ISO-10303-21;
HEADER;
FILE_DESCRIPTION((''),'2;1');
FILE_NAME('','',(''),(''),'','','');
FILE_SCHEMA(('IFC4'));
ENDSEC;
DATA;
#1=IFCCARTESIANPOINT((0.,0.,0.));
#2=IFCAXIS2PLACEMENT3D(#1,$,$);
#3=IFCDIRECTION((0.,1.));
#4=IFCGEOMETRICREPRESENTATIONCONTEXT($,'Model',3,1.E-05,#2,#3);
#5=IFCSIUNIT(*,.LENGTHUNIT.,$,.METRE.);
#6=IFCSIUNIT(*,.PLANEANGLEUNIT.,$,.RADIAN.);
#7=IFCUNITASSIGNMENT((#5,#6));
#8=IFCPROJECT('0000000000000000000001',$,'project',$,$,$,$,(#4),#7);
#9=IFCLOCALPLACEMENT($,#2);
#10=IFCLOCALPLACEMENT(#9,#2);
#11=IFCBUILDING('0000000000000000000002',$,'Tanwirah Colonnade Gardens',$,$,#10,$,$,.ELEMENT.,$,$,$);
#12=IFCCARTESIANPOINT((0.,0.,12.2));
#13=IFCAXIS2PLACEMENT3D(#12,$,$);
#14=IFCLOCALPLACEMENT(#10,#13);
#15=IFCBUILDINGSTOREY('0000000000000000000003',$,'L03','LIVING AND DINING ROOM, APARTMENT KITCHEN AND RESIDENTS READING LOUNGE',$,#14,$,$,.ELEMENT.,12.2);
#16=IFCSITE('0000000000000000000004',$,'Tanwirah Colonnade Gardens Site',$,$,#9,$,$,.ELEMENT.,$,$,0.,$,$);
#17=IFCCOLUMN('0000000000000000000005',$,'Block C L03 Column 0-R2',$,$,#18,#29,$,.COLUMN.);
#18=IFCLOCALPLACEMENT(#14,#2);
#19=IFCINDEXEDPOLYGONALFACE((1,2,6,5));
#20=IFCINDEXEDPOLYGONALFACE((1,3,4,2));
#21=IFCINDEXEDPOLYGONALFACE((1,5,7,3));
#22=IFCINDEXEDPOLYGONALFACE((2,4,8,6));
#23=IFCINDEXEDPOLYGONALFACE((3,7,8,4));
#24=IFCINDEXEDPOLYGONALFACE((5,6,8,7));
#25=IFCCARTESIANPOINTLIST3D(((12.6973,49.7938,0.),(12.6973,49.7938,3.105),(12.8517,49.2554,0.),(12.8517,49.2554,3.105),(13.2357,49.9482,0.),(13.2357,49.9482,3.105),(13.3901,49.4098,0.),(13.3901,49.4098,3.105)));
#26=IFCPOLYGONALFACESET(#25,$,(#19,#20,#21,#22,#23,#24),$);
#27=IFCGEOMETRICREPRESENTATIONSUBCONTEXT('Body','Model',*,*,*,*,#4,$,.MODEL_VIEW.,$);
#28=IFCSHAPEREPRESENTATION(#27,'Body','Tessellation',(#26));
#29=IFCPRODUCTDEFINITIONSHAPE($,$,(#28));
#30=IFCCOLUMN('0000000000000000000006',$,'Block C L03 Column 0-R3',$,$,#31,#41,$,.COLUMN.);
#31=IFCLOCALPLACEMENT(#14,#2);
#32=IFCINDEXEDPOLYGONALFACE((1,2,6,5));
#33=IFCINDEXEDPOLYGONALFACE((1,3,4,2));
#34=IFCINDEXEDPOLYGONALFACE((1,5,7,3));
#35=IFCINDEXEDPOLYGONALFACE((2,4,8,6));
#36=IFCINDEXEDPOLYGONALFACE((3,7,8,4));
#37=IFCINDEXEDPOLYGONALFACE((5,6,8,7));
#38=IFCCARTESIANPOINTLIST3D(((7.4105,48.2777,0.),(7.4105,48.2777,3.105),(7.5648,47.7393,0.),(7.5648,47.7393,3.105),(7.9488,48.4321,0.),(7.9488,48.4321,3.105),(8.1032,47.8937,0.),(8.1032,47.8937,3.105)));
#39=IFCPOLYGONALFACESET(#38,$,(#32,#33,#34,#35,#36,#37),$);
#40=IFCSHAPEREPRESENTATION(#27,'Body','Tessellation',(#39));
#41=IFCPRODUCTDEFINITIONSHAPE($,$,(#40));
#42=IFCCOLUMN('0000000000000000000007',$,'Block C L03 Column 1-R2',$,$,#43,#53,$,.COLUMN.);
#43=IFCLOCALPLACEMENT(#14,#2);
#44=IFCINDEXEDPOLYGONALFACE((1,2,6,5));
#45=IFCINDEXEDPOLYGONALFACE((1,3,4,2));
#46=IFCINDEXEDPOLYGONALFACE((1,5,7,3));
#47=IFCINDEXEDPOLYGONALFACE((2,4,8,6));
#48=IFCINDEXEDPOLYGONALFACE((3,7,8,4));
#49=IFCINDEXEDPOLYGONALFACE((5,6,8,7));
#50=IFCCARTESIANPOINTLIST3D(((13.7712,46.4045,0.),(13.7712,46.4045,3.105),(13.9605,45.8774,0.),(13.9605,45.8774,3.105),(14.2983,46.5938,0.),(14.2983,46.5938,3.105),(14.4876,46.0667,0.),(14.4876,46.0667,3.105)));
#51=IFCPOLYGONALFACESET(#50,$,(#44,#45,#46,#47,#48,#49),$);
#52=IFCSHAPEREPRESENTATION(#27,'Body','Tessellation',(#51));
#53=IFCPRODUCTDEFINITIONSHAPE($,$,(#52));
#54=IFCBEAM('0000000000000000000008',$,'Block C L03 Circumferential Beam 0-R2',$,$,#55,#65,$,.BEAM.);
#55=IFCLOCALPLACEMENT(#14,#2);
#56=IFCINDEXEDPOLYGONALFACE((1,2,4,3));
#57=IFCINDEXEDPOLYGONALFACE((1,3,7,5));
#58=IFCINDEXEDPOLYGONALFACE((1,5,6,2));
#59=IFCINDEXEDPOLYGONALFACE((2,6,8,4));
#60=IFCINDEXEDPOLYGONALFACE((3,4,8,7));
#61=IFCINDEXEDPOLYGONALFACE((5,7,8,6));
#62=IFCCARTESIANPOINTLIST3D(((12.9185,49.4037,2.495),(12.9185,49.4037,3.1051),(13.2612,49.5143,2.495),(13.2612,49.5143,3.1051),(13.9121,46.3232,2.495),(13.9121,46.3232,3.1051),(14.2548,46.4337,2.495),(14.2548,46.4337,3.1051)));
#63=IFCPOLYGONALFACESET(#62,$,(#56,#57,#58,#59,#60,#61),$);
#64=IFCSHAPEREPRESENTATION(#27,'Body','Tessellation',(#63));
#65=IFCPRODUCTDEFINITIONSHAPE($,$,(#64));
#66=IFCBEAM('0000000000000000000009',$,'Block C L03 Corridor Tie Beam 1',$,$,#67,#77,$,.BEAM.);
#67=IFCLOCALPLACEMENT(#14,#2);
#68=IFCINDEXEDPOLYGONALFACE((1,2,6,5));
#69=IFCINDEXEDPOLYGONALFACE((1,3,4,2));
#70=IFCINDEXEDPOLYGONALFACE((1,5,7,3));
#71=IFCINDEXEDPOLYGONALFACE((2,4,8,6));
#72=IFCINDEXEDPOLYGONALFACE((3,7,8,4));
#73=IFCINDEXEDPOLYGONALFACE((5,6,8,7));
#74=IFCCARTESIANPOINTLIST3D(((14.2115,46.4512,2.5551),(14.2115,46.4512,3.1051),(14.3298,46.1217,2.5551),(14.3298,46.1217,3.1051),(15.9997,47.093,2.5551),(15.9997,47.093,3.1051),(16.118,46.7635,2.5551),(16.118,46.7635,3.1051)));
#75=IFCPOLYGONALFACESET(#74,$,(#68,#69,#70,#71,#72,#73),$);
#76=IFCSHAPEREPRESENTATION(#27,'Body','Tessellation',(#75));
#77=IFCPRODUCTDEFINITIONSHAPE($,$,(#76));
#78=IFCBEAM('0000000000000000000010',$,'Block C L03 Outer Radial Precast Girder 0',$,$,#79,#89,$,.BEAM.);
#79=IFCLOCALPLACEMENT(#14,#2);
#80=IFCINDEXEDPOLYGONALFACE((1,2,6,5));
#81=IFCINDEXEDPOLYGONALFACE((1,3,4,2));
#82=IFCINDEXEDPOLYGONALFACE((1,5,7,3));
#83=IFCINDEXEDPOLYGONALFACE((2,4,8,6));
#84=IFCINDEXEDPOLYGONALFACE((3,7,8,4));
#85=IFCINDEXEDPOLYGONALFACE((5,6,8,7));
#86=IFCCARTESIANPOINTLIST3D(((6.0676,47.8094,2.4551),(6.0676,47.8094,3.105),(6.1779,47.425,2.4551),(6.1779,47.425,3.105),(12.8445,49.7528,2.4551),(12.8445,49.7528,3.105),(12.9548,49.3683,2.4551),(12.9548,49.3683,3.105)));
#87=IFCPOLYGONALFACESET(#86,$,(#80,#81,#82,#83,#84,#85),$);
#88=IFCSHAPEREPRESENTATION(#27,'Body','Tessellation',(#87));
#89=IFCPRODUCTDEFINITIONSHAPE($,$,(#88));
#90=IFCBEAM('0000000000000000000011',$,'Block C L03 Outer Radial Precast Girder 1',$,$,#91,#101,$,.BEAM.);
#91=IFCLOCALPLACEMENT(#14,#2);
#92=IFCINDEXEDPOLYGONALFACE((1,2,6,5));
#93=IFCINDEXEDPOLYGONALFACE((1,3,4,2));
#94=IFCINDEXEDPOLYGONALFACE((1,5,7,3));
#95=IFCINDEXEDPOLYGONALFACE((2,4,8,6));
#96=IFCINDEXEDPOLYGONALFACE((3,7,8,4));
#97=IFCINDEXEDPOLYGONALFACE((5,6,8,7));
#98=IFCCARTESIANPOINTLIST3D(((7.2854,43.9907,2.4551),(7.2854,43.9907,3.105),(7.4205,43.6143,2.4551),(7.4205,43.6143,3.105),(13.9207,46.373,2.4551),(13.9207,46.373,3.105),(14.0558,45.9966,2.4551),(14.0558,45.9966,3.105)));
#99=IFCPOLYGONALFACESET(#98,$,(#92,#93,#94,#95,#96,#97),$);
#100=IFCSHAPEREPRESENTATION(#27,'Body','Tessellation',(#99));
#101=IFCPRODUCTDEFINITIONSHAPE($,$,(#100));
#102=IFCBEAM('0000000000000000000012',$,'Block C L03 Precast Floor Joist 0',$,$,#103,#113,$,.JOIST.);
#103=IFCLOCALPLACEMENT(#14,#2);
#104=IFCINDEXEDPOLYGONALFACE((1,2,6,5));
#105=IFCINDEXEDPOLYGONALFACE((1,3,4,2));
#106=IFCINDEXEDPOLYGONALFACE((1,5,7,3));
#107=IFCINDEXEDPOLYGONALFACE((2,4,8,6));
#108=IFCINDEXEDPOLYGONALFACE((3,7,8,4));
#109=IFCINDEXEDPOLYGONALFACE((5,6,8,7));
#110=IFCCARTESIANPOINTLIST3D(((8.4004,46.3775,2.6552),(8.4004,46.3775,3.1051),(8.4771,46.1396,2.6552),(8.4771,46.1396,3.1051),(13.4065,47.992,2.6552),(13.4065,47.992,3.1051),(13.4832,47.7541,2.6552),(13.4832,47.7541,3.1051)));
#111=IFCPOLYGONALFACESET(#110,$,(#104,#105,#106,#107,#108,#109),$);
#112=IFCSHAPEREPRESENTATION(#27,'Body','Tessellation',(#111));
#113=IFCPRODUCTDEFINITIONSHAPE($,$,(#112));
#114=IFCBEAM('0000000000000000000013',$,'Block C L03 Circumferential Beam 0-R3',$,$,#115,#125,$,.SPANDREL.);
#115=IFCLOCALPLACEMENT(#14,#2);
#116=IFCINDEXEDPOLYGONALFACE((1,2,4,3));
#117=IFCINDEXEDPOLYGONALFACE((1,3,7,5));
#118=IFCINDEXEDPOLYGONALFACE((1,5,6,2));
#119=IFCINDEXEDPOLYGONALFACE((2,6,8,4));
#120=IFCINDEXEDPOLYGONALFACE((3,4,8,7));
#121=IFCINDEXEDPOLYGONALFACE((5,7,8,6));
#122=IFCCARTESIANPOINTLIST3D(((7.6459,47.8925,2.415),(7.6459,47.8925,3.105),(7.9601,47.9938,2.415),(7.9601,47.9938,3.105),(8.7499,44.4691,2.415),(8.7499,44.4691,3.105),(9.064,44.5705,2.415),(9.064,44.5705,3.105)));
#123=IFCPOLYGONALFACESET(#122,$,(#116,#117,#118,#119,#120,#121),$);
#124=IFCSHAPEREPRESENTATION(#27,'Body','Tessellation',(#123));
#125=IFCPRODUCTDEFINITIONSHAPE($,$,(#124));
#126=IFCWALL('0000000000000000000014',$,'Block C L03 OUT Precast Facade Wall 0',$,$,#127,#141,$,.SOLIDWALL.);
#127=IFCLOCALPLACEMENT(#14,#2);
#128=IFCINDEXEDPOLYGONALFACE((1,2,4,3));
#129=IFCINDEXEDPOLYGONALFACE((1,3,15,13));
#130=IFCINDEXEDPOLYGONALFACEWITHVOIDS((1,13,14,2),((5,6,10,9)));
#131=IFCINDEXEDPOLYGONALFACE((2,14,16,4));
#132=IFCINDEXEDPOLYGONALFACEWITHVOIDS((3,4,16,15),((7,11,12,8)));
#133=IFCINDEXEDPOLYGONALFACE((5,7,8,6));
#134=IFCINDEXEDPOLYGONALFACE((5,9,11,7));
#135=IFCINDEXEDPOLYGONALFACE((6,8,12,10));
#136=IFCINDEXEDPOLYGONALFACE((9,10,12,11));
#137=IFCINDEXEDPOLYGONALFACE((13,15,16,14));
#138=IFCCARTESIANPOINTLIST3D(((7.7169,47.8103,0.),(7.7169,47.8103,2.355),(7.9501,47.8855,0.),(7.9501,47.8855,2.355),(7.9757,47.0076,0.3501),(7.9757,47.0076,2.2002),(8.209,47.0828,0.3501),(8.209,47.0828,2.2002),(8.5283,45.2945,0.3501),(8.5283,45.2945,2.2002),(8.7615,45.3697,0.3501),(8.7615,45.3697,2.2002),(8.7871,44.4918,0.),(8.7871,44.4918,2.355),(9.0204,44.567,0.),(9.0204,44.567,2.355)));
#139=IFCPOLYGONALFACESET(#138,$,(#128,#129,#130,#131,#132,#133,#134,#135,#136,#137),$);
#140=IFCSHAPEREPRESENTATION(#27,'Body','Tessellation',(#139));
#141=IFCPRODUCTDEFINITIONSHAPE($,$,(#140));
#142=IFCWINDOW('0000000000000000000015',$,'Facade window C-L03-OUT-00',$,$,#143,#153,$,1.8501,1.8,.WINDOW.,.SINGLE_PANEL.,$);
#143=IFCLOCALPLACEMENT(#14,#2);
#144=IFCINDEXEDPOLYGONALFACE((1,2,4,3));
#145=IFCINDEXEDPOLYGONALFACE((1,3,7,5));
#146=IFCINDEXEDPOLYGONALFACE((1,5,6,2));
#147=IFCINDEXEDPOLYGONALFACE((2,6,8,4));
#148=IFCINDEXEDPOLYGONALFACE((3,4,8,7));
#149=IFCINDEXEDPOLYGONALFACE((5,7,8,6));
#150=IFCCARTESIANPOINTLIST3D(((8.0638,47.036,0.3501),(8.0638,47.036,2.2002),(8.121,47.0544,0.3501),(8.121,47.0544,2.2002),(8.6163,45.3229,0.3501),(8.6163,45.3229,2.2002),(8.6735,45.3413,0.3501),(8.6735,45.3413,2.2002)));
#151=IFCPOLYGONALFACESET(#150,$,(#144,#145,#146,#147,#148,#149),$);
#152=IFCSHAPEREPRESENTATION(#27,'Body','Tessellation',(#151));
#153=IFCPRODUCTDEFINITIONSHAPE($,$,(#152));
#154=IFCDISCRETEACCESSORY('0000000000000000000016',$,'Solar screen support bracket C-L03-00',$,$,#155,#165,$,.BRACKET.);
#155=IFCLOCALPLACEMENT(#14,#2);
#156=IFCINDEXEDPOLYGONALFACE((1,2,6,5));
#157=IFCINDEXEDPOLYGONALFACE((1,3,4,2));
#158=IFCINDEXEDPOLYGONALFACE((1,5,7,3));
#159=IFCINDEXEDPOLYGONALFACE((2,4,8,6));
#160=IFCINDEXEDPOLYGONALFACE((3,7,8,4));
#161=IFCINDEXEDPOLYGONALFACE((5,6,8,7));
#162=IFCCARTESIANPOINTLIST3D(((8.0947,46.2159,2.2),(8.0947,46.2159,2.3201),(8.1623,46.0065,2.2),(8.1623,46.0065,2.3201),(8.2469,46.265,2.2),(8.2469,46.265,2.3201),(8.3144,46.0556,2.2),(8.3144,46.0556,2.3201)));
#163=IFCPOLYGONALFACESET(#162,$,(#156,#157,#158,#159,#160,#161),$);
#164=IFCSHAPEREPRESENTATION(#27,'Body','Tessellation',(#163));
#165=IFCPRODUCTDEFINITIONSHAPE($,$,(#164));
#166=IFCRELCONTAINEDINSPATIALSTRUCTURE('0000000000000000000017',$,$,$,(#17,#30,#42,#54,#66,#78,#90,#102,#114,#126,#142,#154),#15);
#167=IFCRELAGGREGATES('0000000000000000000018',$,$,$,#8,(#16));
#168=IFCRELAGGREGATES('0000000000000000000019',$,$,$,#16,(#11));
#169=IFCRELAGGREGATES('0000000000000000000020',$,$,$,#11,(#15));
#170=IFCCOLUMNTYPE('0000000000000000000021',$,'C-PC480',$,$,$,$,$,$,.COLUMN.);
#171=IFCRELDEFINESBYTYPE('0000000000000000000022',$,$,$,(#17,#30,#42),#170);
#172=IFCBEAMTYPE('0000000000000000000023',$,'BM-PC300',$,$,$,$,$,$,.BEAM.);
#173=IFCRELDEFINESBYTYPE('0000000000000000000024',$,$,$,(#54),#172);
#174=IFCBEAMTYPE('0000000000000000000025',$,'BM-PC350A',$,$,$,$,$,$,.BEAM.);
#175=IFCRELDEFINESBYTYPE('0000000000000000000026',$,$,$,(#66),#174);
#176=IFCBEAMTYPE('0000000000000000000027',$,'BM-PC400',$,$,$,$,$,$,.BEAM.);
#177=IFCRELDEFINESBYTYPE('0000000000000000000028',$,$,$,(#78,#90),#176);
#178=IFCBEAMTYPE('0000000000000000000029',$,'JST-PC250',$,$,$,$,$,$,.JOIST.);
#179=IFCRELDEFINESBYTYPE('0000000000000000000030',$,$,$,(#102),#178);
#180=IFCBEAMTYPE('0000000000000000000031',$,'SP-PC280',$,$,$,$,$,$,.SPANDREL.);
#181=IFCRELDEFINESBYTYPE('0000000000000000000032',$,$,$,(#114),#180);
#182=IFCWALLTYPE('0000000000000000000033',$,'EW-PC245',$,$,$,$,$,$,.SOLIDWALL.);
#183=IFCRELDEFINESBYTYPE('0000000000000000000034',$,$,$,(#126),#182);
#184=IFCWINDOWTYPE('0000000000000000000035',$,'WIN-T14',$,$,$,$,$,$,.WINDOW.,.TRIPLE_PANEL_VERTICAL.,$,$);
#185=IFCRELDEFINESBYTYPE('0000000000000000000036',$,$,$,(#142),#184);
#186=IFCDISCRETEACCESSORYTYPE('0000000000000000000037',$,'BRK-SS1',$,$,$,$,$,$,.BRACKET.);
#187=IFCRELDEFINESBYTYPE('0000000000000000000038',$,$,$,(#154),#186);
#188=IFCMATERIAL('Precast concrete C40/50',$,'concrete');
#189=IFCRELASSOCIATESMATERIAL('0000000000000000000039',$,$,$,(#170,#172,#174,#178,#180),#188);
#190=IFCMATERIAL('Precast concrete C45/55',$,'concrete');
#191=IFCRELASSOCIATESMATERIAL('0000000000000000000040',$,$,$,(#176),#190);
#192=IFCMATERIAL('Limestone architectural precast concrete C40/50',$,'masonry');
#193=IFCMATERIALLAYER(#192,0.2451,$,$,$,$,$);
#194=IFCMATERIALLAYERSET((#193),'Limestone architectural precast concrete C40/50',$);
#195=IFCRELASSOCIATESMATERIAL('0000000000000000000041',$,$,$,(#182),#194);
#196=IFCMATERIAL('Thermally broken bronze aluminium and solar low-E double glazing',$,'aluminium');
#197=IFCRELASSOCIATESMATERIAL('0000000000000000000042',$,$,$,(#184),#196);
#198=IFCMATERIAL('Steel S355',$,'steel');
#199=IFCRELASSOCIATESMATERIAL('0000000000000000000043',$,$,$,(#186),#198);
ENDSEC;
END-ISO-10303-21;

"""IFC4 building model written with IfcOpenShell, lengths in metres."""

from ifc_helpers import new_model, si_unit, direction, frame, frame_2d, origin, origin_2d, place, context, subcontext, project, spatial, rectangle, extrude, material, layer, layer_set, material_profile, profile_set, type_object, element, fill, save


model = new_model("IFC4")

# Units and contexts
model_context = context("Model", 3, precision=1e-05, world=origin(), true_north=direction((0.0, 1.0)))
body_context = subcontext(model_context, "Body", "Model", "MODEL_VIEW")
ifc_project = project(units=[si_unit("LENGTHUNIT", "METRE"), si_unit("PLANEANGLEUNIT", "RADIAN")], contexts=[model_context])

# Site, building, storey
site_placement = place(None, origin())
site = spatial("IfcSite", under=ifc_project, at=site_placement, Name="Tanwirah Colonnade Gardens Site", CompositionType="ELEMENT", RefElevation=0.0)
building_placement = place(site_placement, origin())
building = spatial("IfcBuilding", under=site, at=building_placement, Name="Tanwirah Colonnade Gardens", CompositionType="ELEMENT")
storey_placement = place(building_placement, frame((0.0, 0.0, 12.2)))
storey = spatial("IfcBuildingStorey", under=building, at=storey_placement, Name="L03", Description="LIVING AND DINING ROOM, APARTMENT KITCHEN AND RESIDENTS READING LOUNGE", CompositionType="ELEMENT", Elevation=12.2)

# Columns
ifc_material_1 = material(Name="Precast concrete C40/50", Category="concrete")
ifc_material_profile_1 = material_profile(ifc_material_1, rectangle(XDim=0.5601, YDim=0.5601, at=origin_2d()), Name="PC-COL 560x560")
ifc_profile_set_1 = profile_set([ifc_material_profile_1], Name="Precast concrete C40/50")
column_type = type_object("IfcColumnType", Name="C-PC480", PredefinedType="COLUMN", material=ifc_profile_set_1)
for number, where, z_axis, x_axis, name in (
    (1, (13.0437, 49.6018, 0.0), (0.0, 0.0, 1.0), (-0.961262, -0.275637, 0.0), "Block C L03 Column 0-R2"),
    (2, (7.7568, 48.0857, 0.0), (0.0, 0.0, 1.0), (-0.961262, -0.275637, 0.0), "Block C L03 Column 0-R3"),
    (3, (14.1294, 46.2356, 0.0), (0.0, 0.0, 1.0), (-0.941176, -0.337917, 0.0), "Block C L03 Column 1-R2"),
):
    element("IfcColumn", number, at=place(storey_placement, frame(where, z_axis=z_axis, x_axis=x_axis)), inside=storey, type_object=column_type, Name=name, PredefinedType="COLUMN", context=body_context, shape_type="SweptSolid", body=[
        extrude(rectangle(XDim=0.5601, YDim=0.5601, at=origin_2d()), origin(), (0.0, 0.0, 1.0), 3.105),
    ])

# Beams
ifc_material_profile_2 = material_profile(ifc_material_1, rectangle(XDim=0.3601, YDim=0.6101, at=origin_2d()), Name="PC-BM 360x610")
ifc_profile_set_2 = profile_set([ifc_material_profile_2], Name="Precast concrete C40/50")
beam_type_1 = type_object("IfcBeamType", Name="BM-PC300", PredefinedType="BEAM", material=ifc_profile_set_2)
beam_1_placement = place(storey_placement, frame((13.0898, 49.459, 2.8), z_axis=(0.306981, -0.951716, 0.0), x_axis=(0.951716, 0.306981, 0.0)))
element("IfcBeam", 4, at=beam_1_placement, inside=storey, type_object=beam_type_1, Name="Block C L03 Circumferential Beam 0-R2", PredefinedType="BEAM", context=body_context, shape_type="SweptSolid", body=[
    extrude(rectangle(XDim=0.3601, YDim=0.6101, at=origin_2d()), origin(), (0.0, 0.0, 1.0), 3.2368),
])
ifc_material_profile_3 = material_profile(ifc_material_1, rectangle(XDim=0.3501, YDim=0.55, at=origin_2d()), Name="PC-BM 350x550")
ifc_profile_set_3 = profile_set([ifc_material_profile_3], Name="Precast concrete C40/50")
beam_type_2 = type_object("IfcBeamType", Name="BM-PC350A", PredefinedType="BEAM", material=ifc_profile_set_3)
beam_2_placement = place(storey_placement, frame((16.0588, 46.9282, 2.8301), z_axis=(-0.941215, -0.337809, 0.0), x_axis=(0.337809, -0.941215, 0.0)))
element("IfcBeam", 5, at=beam_2_placement, inside=storey, type_object=beam_type_2, Name="Block C L03 Corridor Tie Beam 1", PredefinedType="BEAM", context=body_context, shape_type="SweptSolid", body=[
    extrude(rectangle(XDim=0.3501, YDim=0.55, at=origin_2d()), origin(), (0.0, 0.0, 1.0), 1.8999),
])
ifc_material_2 = material(Name="Precast concrete C45/55", Category="concrete")
ifc_material_profile_4 = material_profile(ifc_material_2, rectangle(XDim=0.3999, YDim=0.6499, at=origin_2d()), Name="PC-BM 400x650")
ifc_profile_set_4 = profile_set([ifc_material_profile_4], Name="Precast concrete C45/55")
beam_type_3 = type_object("IfcBeamType", Name="BM-PC400", PredefinedType="BEAM", material=ifc_profile_set_4)
for number, where, z_axis, x_axis, name in (
    (6, (12.8997, 49.5605, 2.78), (-0.961257, -0.275654, 0.0), (0.275654, -0.961257, 0.0), "Block C L03 Outer Radial Precast Girder 0"),
    (7, (13.9883, 46.1848, 2.78), (-0.941175, -0.33792, 0.0), (0.33792, -0.941175, 0.0), "Block C L03 Outer Radial Precast Girder 1"),
):
    element("IfcBeam", number, at=place(storey_placement, frame(where, z_axis=z_axis, x_axis=x_axis)), inside=storey, type_object=beam_type_3, Name=name, PredefinedType="BEAM", context=body_context, shape_type="SweptSolid", body=[
        extrude(rectangle(XDim=0.3999, YDim=0.6499, at=origin_2d()), origin(), (0.0, 0.0, 1.0), 7.05),
    ])
ifc_material_profile_5 = material_profile(ifc_material_1, rectangle(XDim=0.25, YDim=0.45, at=origin_2d()), Name="PC-JST 250x450")
ifc_profile_set_5 = profile_set([ifc_material_profile_5], Name="Precast concrete C40/50")
beam_type_4 = type_object("IfcBeamType", Name="JST-PC250", PredefinedType="JOIST", material=ifc_profile_set_5)
beam_3_placement = place(storey_placement, frame((13.4448, 47.873, 2.8801), z_axis=(-0.951729, -0.306939, 0.0), x_axis=(0.306939, -0.951729, 0.0)))
element("IfcBeam", 8, at=beam_3_placement, inside=storey, type_object=beam_type_4, Name="Block C L03 Precast Floor Joist 0", PredefinedType="JOIST", context=body_context, shape_type="SweptSolid", body=[
    extrude(rectangle(XDim=0.25, YDim=0.45, at=origin_2d()), origin(), (0.0, 0.0, 1.0), 5.26),
])
ifc_material_profile_6 = material_profile(ifc_material_1, rectangle(XDim=0.3301, YDim=0.6899, at=origin_2d()), Name="PC-SP 330x690")
ifc_profile_set_6 = profile_set([ifc_material_profile_6], Name="Precast concrete C40/50")
beam_type_5 = type_object("IfcBeamType", Name="SP-PC280", PredefinedType="SPANDREL", material=ifc_profile_set_6)
beam_4_placement = place(storey_placement, frame((7.803, 47.9431, 2.76), z_axis=(0.306927, -0.951733, 0.0), x_axis=(0.951733, 0.306927, 0.0)))
element("IfcBeam", 9, at=beam_4_placement, inside=storey, type_object=beam_type_5, Name="Block C L03 Circumferential Beam 0-R3", PredefinedType="SPANDREL", context=body_context, shape_type="SweptSolid", body=[
    extrude(rectangle(XDim=0.3301, YDim=0.6899, at=origin_2d()), origin(), (0.0, 0.0, 1.0), 3.5969),
])

# Wall, opening, window
ifc_material_3 = material(Name="Limestone architectural precast concrete C40/50", Category="masonry")
ifc_layer_1 = layer(ifc_material_3, 0.2451)
ifc_layer_set_1 = layer_set([ifc_layer_1], Name="Limestone architectural precast concrete C40/50")
wall_type_1 = type_object("IfcWallType", Name="EW-PC245", PredefinedType="SOLIDWALL", material=ifc_layer_set_1)
wall_1_placement = place(storey_placement, frame((7.8335, 47.8479, 0.0), z_axis=(0.0, 0.0, 1.0), x_axis=(0.30695, -0.951726, 0.0)))
wall_1 = element("IfcWall", 10, at=wall_1_placement, inside=storey, type_object=wall_type_1, Name="Block C L03 OUT Precast Facade Wall 0", PredefinedType="SOLIDWALL", context=body_context, shape_type="SweptSolid", body=[
    extrude(rectangle(XDim=3.4868, YDim=0.2451, at=frame_2d((1.7434, 0.0))), origin(), (0.0, 0.0, 1.0), 2.355),
])
opening_1_placement = place(wall_1_placement, frame((0.8435, 0.0, 0.3501)))
opening_1 = element("IfcOpeningElement", 11, at=opening_1_placement, cuts=wall_1, PredefinedType="OPENING", context=body_context, shape_type="SweptSolid", body=[
    extrude(rectangle(XDim=1.8, YDim=1.8501, at=frame_2d((0.8999, 0.925))), frame((0.0, 0.1326, 0.0), z_axis=(0.0, -1.0, 0.0), x_axis=(1.0, 0.0, 0.0)), (0.0, 0.0, 1.0), 0.2651),
])
ifc_material_4 = material(Name="Thermally broken bronze aluminium and solar low-E double glazing", Category="aluminium")
window_type = type_object("IfcWindowType", Name="WIN-T14", PartitioningType="TRIPLE_PANEL_VERTICAL", PredefinedType="WINDOW", material=ifc_material_4)
window_placement = place(opening_1_placement, origin())
window = element("IfcWindow", 12, at=window_placement, inside=storey, type_object=window_type, Name="Facade window C-L03-OUT-00", OverallHeight=1.8501, OverallWidth=1.8, PartitioningType="SINGLE_PANEL", PredefinedType="WINDOW", context=body_context, shape_type="SweptSolid", body=[
    extrude(rectangle(XDim=1.8, YDim=1.8501, at=frame_2d((0.8999, 0.925))), frame((0.0, 0.03, 0.0), z_axis=(0.0, -1.0, 0.0), x_axis=(1.0, 0.0, 0.0)), (0.0, 0.0, 1.0), 0.0601),
])
fill(opening_1, window)

# Discrete accessory
ifc_material_5 = material(Name="Steel S355", Category="steel")
discrete_accessory_type = type_object("IfcDiscreteAccessoryType", Name="BRK-SS1", PredefinedType="BRACKET", material=ifc_material_5)
discrete_accessory_placement = place(storey_placement, frame((8.2046, 46.1357, 2.2), z_axis=(0.0, 0.0, 1.0), x_axis=(0.306943, -0.951728, 0.0)))
element("IfcDiscreteAccessory", 13, at=discrete_accessory_placement, inside=storey, type_object=discrete_accessory_type, Name="Solar screen support bracket C-L03-00", PredefinedType="BRACKET", context=body_context, shape_type="SweptSolid", body=[
    extrude(rectangle(XDim=0.22, YDim=0.1599, at=origin_2d()), origin(), (0.0, 0.0, 1.0), 0.1201),
])

save(model, "model.ifc")
